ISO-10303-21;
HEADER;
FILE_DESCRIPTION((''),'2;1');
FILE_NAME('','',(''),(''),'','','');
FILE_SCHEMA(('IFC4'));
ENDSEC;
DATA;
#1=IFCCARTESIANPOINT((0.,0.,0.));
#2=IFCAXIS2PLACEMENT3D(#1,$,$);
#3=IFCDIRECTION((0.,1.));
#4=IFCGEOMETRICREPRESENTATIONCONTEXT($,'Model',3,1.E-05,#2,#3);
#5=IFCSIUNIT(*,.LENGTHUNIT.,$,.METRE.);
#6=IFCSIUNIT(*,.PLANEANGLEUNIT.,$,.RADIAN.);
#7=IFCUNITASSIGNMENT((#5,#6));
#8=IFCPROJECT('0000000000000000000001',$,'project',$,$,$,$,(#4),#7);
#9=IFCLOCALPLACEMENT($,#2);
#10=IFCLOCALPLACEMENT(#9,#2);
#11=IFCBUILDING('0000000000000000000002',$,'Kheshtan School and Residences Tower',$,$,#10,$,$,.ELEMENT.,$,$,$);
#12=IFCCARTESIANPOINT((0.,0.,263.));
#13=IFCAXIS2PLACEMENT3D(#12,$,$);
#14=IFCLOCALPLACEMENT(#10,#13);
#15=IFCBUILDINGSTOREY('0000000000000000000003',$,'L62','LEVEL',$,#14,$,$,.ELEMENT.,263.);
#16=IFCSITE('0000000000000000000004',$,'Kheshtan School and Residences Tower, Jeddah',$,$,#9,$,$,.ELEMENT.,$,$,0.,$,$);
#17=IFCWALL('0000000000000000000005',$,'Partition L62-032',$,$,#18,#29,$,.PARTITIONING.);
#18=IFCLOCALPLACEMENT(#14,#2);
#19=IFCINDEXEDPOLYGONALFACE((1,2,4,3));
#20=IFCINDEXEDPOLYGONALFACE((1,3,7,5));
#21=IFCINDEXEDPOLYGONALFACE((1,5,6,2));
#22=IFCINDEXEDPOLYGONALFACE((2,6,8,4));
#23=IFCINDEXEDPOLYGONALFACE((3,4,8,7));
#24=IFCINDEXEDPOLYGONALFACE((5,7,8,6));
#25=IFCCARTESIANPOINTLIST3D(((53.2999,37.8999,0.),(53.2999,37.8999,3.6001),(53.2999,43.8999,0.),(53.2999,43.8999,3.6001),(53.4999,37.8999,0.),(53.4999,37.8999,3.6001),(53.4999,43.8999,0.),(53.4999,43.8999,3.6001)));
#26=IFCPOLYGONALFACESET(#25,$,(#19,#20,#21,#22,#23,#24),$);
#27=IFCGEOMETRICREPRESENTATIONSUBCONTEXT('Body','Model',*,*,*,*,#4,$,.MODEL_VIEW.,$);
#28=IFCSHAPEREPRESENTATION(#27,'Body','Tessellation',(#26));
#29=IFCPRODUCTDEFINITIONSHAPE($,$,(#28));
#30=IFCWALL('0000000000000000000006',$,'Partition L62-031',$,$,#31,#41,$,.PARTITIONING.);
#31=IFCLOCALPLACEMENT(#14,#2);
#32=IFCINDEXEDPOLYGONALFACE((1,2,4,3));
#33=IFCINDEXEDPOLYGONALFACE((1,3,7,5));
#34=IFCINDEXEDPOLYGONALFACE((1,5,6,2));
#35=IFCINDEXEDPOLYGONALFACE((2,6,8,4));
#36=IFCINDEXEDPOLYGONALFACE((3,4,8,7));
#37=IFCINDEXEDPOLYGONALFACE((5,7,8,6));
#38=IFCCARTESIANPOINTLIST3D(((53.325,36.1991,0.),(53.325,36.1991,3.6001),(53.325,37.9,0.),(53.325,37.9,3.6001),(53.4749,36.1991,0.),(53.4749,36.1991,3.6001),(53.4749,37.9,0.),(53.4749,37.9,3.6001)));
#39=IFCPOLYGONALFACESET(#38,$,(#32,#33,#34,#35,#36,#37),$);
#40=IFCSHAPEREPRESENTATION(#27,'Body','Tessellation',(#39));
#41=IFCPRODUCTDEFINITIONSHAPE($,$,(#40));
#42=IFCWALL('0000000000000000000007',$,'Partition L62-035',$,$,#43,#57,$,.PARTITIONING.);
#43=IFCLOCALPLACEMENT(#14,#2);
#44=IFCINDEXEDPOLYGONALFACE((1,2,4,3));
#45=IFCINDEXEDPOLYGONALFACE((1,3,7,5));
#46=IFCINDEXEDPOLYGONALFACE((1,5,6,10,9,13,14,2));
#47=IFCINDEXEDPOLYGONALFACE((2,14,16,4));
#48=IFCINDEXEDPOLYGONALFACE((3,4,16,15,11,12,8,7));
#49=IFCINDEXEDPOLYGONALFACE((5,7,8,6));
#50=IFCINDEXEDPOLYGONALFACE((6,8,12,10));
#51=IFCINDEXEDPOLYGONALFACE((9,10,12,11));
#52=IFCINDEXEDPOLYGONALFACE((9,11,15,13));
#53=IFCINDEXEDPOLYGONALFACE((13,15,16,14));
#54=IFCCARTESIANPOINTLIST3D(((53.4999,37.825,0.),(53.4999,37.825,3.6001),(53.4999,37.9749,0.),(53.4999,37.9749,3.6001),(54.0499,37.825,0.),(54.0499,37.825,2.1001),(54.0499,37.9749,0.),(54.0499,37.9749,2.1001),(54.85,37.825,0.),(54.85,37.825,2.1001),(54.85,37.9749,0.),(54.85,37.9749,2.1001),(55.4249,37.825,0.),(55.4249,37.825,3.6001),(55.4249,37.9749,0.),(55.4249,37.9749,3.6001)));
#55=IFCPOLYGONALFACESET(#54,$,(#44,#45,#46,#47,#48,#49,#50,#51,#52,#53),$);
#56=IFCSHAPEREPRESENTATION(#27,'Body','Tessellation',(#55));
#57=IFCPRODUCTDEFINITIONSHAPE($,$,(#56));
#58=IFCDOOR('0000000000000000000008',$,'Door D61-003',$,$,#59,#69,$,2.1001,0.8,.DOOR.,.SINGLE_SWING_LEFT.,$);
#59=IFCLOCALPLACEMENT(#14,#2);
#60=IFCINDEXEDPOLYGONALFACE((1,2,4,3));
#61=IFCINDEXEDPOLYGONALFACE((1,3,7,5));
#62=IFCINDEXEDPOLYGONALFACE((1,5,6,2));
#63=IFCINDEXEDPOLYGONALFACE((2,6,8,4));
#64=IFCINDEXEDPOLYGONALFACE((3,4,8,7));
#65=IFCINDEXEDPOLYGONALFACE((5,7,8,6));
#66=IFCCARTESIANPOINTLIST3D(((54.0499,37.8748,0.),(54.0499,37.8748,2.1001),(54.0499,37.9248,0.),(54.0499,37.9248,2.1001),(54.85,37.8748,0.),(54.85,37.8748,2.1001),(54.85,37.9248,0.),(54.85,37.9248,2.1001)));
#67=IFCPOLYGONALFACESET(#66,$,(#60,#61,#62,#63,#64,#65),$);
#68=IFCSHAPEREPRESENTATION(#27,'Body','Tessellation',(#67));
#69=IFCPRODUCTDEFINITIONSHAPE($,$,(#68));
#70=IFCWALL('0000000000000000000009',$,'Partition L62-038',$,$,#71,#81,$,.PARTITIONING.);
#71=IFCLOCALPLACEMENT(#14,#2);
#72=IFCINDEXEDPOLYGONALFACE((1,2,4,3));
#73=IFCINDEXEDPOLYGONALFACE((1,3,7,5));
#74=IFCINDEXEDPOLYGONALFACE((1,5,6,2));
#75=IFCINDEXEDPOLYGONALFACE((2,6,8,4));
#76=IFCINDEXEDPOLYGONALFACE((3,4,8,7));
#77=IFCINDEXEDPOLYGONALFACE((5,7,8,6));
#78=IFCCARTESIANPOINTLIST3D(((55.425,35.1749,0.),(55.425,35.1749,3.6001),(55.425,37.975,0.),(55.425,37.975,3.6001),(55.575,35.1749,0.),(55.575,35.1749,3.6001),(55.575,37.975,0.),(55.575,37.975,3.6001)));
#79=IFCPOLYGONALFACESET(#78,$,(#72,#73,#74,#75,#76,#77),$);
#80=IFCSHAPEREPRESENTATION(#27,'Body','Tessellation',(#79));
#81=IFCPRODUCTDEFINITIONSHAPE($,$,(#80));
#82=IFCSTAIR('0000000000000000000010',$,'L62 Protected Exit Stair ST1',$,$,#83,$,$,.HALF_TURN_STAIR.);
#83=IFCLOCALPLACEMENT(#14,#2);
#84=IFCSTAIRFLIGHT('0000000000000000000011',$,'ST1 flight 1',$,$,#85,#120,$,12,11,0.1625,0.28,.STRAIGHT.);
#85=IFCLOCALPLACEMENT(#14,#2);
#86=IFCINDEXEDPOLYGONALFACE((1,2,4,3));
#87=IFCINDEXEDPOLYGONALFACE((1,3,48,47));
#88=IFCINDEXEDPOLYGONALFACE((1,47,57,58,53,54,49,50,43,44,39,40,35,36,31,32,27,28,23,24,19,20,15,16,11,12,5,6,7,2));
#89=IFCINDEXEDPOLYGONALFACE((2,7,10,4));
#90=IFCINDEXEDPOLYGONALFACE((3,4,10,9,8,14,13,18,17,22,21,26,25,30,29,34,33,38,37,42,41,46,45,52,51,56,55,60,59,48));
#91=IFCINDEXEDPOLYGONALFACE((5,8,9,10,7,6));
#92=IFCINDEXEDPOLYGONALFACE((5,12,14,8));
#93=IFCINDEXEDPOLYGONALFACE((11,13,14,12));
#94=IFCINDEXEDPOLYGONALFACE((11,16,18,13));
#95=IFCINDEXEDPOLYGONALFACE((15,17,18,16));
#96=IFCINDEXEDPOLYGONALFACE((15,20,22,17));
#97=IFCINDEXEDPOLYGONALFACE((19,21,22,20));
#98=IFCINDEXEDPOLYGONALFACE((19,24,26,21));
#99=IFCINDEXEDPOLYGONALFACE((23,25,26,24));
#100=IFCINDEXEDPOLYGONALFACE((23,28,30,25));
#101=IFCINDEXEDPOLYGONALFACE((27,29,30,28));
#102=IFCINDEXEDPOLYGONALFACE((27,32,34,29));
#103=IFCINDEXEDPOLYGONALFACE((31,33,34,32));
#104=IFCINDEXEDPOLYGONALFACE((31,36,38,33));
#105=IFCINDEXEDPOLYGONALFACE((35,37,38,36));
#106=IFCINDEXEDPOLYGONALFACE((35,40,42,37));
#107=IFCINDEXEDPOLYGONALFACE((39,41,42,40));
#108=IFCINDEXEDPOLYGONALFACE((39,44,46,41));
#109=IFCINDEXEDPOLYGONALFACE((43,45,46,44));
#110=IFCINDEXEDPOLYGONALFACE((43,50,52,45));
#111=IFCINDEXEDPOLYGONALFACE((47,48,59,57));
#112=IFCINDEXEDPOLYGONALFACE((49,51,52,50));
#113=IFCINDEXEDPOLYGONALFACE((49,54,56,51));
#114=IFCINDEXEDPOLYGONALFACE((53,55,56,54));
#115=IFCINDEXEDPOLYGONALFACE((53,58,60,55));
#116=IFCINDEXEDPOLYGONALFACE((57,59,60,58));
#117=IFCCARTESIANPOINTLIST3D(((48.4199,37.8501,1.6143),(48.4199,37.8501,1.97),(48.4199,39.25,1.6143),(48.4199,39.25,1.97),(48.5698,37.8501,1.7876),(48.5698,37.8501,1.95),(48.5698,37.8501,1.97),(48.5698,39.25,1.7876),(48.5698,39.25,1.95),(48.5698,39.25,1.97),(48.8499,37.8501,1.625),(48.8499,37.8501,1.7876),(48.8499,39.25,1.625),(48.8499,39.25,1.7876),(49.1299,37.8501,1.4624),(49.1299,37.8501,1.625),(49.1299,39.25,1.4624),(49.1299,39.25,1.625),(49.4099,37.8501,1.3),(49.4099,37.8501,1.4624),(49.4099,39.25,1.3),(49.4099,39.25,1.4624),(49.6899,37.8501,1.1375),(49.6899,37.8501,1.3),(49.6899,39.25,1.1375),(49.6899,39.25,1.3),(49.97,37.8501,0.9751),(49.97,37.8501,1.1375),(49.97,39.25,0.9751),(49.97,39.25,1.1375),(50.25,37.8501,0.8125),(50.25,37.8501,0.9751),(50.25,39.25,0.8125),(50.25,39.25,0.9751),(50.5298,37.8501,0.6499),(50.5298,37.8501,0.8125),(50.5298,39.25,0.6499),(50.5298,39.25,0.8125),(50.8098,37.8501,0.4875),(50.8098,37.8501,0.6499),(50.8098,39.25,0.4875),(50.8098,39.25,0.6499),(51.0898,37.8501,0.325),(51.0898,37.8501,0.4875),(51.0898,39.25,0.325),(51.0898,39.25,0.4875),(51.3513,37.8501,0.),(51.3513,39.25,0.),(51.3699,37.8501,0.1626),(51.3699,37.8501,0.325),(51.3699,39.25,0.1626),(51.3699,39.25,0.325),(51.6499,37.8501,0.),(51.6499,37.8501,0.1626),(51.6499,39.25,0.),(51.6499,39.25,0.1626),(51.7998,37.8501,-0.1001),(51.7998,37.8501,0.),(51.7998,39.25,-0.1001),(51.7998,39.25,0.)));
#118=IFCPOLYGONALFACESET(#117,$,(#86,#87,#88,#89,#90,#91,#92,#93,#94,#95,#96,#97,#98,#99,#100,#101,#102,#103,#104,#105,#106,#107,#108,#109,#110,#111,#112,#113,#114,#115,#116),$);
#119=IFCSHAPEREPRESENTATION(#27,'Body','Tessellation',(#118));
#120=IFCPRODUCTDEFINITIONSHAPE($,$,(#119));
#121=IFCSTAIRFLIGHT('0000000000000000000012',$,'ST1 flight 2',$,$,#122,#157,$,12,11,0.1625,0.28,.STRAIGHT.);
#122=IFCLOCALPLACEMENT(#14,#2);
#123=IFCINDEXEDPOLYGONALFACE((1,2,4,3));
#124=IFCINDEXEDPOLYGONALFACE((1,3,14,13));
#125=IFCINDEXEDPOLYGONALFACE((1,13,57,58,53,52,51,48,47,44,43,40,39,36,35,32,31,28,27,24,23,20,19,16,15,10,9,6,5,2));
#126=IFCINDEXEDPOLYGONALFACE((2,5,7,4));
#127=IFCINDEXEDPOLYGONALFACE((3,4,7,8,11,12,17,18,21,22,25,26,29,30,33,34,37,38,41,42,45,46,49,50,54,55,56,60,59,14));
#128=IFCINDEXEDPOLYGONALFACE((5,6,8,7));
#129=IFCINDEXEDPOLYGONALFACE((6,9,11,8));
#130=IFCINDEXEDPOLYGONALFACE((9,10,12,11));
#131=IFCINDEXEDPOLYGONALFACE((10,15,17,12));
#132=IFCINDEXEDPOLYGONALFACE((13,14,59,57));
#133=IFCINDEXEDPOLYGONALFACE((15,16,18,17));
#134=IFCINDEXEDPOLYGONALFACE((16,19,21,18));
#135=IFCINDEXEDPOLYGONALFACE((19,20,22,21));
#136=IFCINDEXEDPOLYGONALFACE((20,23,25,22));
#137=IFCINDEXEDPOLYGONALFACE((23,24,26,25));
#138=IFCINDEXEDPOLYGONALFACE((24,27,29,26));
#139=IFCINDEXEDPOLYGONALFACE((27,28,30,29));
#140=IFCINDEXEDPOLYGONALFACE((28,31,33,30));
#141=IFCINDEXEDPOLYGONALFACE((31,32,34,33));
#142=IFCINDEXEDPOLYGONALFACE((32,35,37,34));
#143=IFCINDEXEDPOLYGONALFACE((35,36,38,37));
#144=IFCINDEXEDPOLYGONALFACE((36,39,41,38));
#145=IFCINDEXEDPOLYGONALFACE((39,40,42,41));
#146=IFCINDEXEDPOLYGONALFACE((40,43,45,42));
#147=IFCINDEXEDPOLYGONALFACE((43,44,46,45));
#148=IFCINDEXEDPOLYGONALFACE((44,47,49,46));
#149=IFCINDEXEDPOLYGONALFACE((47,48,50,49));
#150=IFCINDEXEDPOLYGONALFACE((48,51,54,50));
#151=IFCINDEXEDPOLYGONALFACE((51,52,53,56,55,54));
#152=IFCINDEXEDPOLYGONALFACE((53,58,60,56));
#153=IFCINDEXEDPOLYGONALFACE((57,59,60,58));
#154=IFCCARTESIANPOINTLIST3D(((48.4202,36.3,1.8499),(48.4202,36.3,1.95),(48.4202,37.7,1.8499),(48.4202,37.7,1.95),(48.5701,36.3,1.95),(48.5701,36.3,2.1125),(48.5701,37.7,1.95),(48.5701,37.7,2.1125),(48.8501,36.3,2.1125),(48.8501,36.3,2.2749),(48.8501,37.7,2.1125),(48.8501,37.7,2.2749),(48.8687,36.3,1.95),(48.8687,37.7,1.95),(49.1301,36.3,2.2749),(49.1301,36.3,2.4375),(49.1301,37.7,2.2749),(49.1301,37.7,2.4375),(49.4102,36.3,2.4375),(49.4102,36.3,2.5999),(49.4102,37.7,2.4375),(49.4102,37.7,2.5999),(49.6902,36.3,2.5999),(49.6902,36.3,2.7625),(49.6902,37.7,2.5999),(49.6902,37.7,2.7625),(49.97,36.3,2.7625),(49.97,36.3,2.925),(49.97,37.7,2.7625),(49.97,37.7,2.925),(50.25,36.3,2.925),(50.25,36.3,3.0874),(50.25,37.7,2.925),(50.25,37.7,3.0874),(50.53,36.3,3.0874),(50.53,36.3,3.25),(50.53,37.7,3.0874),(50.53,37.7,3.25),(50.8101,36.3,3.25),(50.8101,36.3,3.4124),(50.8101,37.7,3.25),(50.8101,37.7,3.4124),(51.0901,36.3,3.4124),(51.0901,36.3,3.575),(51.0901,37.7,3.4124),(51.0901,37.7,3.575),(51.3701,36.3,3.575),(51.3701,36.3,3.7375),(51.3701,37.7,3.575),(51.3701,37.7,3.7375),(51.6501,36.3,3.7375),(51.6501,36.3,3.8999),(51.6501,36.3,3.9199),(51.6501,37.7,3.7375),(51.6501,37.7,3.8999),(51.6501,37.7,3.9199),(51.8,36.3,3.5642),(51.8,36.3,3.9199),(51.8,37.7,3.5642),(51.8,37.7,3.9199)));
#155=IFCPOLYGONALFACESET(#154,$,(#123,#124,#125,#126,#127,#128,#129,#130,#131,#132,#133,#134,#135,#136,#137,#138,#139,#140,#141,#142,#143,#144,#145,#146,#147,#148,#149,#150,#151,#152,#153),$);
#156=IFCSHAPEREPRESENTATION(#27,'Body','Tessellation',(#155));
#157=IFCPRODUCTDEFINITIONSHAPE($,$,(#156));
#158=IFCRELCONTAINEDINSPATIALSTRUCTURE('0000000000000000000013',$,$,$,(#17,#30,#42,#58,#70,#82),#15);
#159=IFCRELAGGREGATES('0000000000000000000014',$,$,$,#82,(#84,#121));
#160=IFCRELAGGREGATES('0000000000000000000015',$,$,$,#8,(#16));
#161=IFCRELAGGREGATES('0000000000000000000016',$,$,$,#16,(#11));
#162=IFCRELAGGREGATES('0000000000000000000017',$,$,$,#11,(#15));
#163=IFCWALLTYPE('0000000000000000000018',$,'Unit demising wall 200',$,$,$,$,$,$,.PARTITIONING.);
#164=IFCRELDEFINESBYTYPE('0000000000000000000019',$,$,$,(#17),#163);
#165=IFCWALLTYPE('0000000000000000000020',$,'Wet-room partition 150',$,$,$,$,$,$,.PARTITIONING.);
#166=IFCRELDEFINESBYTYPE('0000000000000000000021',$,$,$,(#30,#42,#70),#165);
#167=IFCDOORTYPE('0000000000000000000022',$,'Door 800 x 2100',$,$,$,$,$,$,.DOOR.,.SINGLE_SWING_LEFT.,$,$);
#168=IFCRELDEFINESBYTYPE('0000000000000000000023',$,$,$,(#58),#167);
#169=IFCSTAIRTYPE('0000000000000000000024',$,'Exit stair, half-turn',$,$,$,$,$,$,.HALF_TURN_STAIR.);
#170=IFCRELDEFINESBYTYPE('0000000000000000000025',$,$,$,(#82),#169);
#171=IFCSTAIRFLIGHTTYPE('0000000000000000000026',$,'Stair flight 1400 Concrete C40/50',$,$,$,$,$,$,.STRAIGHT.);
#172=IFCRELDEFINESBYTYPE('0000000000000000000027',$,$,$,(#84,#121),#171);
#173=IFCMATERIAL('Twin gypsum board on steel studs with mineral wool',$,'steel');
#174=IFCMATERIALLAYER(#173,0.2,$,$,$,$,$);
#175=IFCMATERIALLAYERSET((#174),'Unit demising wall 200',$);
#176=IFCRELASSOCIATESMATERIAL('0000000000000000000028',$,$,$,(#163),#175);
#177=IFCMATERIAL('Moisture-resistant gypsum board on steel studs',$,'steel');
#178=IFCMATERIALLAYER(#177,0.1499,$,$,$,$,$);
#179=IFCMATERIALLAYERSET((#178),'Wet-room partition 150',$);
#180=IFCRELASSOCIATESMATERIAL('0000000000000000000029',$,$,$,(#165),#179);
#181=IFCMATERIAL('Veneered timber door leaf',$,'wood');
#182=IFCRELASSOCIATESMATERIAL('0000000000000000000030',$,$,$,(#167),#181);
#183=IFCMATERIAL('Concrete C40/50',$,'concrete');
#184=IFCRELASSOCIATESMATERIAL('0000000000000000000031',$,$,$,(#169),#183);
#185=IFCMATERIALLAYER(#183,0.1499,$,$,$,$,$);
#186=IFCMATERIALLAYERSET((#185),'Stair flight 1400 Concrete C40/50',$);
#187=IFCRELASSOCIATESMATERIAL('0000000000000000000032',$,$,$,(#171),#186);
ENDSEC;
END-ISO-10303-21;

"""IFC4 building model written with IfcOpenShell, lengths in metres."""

from ifc_helpers import new_model, si_unit, direction, frame, frame_2d, origin, place, context, subcontext, project, spatial, polyline, rectangle, outline, extrude, source, transform, mapped, material, layer, layer_set, type_object, element, fill, aggregate, save


model = new_model("IFC4")

# Units and contexts
model_context = context("Model", 3, precision=1e-05, world=origin(), true_north=direction((0.0, 1.0)))
body_context = subcontext(model_context, "Body", "Model", "MODEL_VIEW")
ifc_project = project(units=[si_unit("LENGTHUNIT", "METRE"), si_unit("PLANEANGLEUNIT", "RADIAN")], contexts=[model_context])

# Site, building, storey
site_placement = place(None, origin())
site = spatial("IfcSite", under=ifc_project, at=site_placement, Name="Kheshtan School and Residences Tower, Jeddah", CompositionType="ELEMENT", RefElevation=0.0)
building_placement = place(site_placement, origin())
building = spatial("IfcBuilding", under=site, at=building_placement, Name="Kheshtan School and Residences Tower", CompositionType="ELEMENT")
storey_placement = place(building_placement, frame((0.0, 0.0, 263.0)))
storey = spatial("IfcBuildingStorey", under=building, at=storey_placement, Name="L62", Description="LEVEL", CompositionType="ELEMENT", Elevation=263.0)

# Walls
ifc_material_1 = material(Name="Concrete C40/50", Category="concrete")
ifc_material_2 = material(Name="Twin gypsum board on steel studs with mineral wool", Category="steel")
ifc_layer_1 = layer(ifc_material_2, 0.2)
ifc_layer_set_1 = layer_set([ifc_layer_1], Name="Unit demising wall 200")
wall_type_1 = type_object("IfcWallType", Name="Unit demising wall 200", PredefinedType="PARTITIONING", material=ifc_layer_set_1)
wall_1_placement = place(storey_placement, frame((53.3999, 37.8999, 0.0), z_axis=(0.0, 0.0, 1.0), x_axis=(0.0, 1.0, 0.0)))
element("IfcWall", 1, at=wall_1_placement, inside=storey, type_object=wall_type_1, Name="Partition L62-032", PredefinedType="PARTITIONING", context=body_context, shape_type="SweptSolid", body=[
    extrude(rectangle(XDim=6.0, YDim=0.2, at=frame_2d((3.0, 0.0))), origin(), (0.0, 0.0, 1.0), 3.6001),
])
ifc_material_3 = material(Name="Moisture-resistant gypsum board on steel studs", Category="steel")
ifc_layer_2 = layer(ifc_material_3, 0.1499)
ifc_layer_set_2 = layer_set([ifc_layer_2], Name="Wet-room partition 150")
wall_type_2 = type_object("IfcWallType", Name="Wet-room partition 150", PredefinedType="PARTITIONING", material=ifc_layer_set_2)
wall_2_placement = place(storey_placement, frame((53.3999, 36.199, 0.0), z_axis=(0.0, 0.0, 1.0), x_axis=(0.0, 1.0, 0.0)))
element("IfcWall", 2, at=wall_2_placement, inside=storey, type_object=wall_type_2, Name="Partition L62-031", PredefinedType="PARTITIONING", context=body_context, shape_type="SweptSolid", body=[
    extrude(rectangle(XDim=1.7009, YDim=0.1499, at=frame_2d((0.8506, 0.0))), origin(), (0.0, 0.0, 1.0), 3.6001),
])

# Wall, opening, door
wall_3_placement = place(storey_placement, frame((53.5, 37.8999, 0.0), z_axis=(0.0, 0.0, 1.0), x_axis=(1.0, 0.0, 0.0)))
wall_3 = element("IfcWall", 3, at=wall_3_placement, inside=storey, type_object=wall_type_2, Name="Partition L62-035", PredefinedType="PARTITIONING", context=body_context, shape_type="SweptSolid", body=[
    extrude(rectangle(XDim=1.925, YDim=0.1499, at=frame_2d((0.9624, 0.0))), origin(), (0.0, 0.0, 1.0), 3.6001),
])
opening_1_placement = place(wall_3_placement, frame((0.55, 0.0, 0.0)))
opening_1 = element("IfcOpeningElement", 4, at=opening_1_placement, cuts=wall_3, PredefinedType="OPENING", context=body_context, shape_type="SweptSolid", body=[
    extrude(rectangle(XDim=0.8, YDim=2.1001, at=frame_2d((0.3999, 1.05))), frame((0.0, 0.085, 0.0), z_axis=(0.0, -1.0, 0.0), x_axis=(1.0, 0.0, 0.0)), (0.0, 0.0, 1.0), 0.1699),
])
ifc_material_4 = material(Name="Veneered timber door leaf", Category="wood")
door_type_1 = type_object("IfcDoorType", Name="Door 800 x 2100", OperationType="SINGLE_SWING_LEFT", PredefinedType="DOOR", material=ifc_material_4)
shared_shape_1 = source(origin(), body_context, "Body", "SweptSolid", [
    extrude(rectangle(XDim=0.8, YDim=2.1001, at=frame_2d((0.3999, 1.05))), frame((0.0, 0.0249, 0.0), z_axis=(0.0, -1.0, 0.0), x_axis=(1.0, 0.0, 0.0)), (0.0, 0.0, 1.0), 0.05),
])
door_1_placement = place(opening_1_placement, origin())
door_1 = element("IfcDoor", 5, at=door_1_placement, inside=storey, type_object=door_type_1, Name="Door D61-003", OperationType="SINGLE_SWING_LEFT", OverallHeight=2.1001, OverallWidth=0.8, PredefinedType="DOOR", context=body_context, shape_type="MappedRepresentation", body=[
    mapped(shared_shape_1, transform((0.0, 0.0, 0.0), x_axis=(1.0, 0.0, 0.0), y_axis=(0.0, 1.0, 0.0), z_axis=(0.0, 0.0, 1.0), scale=1.0)),
])
fill(opening_1, door_1)

# Wall
wall_4_placement = place(storey_placement, frame((55.5, 35.175, 0.0), z_axis=(0.0, 0.0, 1.0), x_axis=(0.0, 1.0, 0.0)))
element("IfcWall", 6, at=wall_4_placement, inside=storey, type_object=wall_type_2, Name="Partition L62-038", PredefinedType="PARTITIONING", context=body_context, shape_type="SweptSolid", body=[
    extrude(rectangle(XDim=2.8, YDim=0.1499, at=frame_2d((1.3999, 0.0))), origin(), (0.0, 0.0, 1.0), 3.6001),
])

# Stair, stair flights
stair_type = type_object("IfcStairType", Name="Exit stair, half-turn", PredefinedType="HALF_TURN_STAIR", material=ifc_material_1)
stair_placement = place(storey_placement, origin())
stair = element("IfcStair", 7, at=stair_placement, inside=storey, type_object=stair_type, Name="L62 Protected Exit Stair ST1", PredefinedType="HALF_TURN_STAIR")
ifc_layer_3 = layer(ifc_material_1, 0.1499)
ifc_layer_set_3 = layer_set([ifc_layer_3], Name="Stair flight 1400 Concrete C40/50")
stair_flight_type = type_object("IfcStairFlightType", Name="Stair flight 1400 Concrete C40/50", PredefinedType="STRAIGHT", material=ifc_layer_set_3)
stair_flight_1_placement = place(storey_placement, frame((51.6499, 38.55, 0.0), z_axis=(0.0, 0.0, 1.0), x_axis=(-1.0, 0.0, 0.0)))
stair_flight_1 = element("IfcStairFlight", 8, at=stair_flight_1_placement, type_object=stair_flight_type, Name="ST1 flight 1", NumberOfRisers=12, NumberOfTreads=11, PredefinedType="STRAIGHT", RiserHeight=0.1625, TreadLength=0.28, context=body_context, shape_type="SweptSolid", body=[
    extrude(outline(polyline([(-0.1499, -0.1001), (-0.1499, 0.0), (0.0, 0.0), (0.0, 0.1626), (0.28, 0.1626), (0.28, 0.325), (0.5601, 0.325), (0.5601, 0.4875), (0.8401, 0.4875), (0.8401, 0.6499), (1.1201, 0.6499), (1.1201, 0.8125), (1.3999, 0.8125), (1.3999, 0.9751), (1.6799, 0.9751), (1.6799, 1.1375), (1.96, 1.1375), (1.96, 1.3), (2.24, 1.3), (2.24, 1.4624), (2.52, 1.4624), (2.52, 1.625), (2.8, 1.625), (2.8, 1.7876), (3.0801, 1.7876), (3.0801, 1.95), (3.0801, 1.97), (3.23, 1.97), (3.23, 1.6143), (0.2986, 0.0), (-0.1499, -0.1001)])), frame((0.0, 0.7, 0.0), z_axis=(0.0, -1.0, 0.0), x_axis=(1.0, 0.0, 0.0)), (0.0, 0.0, 1.0), 1.3999),
])
stair_flight_2_placement = place(storey_placement, frame((48.5701, 37.0, 1.95), z_axis=(0.0, 0.0, 1.0), x_axis=(1.0, 0.0, 0.0)))
stair_flight_2 = element("IfcStairFlight", 9, at=stair_flight_2_placement, type_object=stair_flight_type, Name="ST1 flight 2", NumberOfRisers=12, NumberOfTreads=11, PredefinedType="STRAIGHT", RiserHeight=0.1625, TreadLength=0.28, context=body_context, shape_type="SweptSolid", body=[
    extrude(outline(polyline([(-0.1499, -0.1001), (-0.1499, 0.0), (0.0, 0.0), (0.0, 0.1626), (0.28, 0.1626), (0.28, 0.325), (0.5601, 0.325), (0.5601, 0.4875), (0.8401, 0.4875), (0.8401, 0.6499), (1.1201, 0.6499), (1.1201, 0.8125), (1.3999, 0.8125), (1.3999, 0.9751), (1.6799, 0.9751), (1.6799, 1.1375), (1.96, 1.1375), (1.96, 1.3), (2.24, 1.3), (2.24, 1.4624), (2.52, 1.4624), (2.52, 1.625), (2.8, 1.625), (2.8, 1.7876), (3.0801, 1.7876), (3.0801, 1.95), (3.0801, 1.97), (3.23, 1.97), (3.23, 1.6143), (0.2986, 0.0), (-0.1499, -0.1001)])), frame((0.0, 0.7, 0.0), z_axis=(0.0, -1.0, 0.0), x_axis=(1.0, 0.0, 0.0)), (0.0, 0.0, 1.0), 1.3999),
])
aggregate(stair, [stair_flight_1, stair_flight_2])

save(model, "model.ifc")
